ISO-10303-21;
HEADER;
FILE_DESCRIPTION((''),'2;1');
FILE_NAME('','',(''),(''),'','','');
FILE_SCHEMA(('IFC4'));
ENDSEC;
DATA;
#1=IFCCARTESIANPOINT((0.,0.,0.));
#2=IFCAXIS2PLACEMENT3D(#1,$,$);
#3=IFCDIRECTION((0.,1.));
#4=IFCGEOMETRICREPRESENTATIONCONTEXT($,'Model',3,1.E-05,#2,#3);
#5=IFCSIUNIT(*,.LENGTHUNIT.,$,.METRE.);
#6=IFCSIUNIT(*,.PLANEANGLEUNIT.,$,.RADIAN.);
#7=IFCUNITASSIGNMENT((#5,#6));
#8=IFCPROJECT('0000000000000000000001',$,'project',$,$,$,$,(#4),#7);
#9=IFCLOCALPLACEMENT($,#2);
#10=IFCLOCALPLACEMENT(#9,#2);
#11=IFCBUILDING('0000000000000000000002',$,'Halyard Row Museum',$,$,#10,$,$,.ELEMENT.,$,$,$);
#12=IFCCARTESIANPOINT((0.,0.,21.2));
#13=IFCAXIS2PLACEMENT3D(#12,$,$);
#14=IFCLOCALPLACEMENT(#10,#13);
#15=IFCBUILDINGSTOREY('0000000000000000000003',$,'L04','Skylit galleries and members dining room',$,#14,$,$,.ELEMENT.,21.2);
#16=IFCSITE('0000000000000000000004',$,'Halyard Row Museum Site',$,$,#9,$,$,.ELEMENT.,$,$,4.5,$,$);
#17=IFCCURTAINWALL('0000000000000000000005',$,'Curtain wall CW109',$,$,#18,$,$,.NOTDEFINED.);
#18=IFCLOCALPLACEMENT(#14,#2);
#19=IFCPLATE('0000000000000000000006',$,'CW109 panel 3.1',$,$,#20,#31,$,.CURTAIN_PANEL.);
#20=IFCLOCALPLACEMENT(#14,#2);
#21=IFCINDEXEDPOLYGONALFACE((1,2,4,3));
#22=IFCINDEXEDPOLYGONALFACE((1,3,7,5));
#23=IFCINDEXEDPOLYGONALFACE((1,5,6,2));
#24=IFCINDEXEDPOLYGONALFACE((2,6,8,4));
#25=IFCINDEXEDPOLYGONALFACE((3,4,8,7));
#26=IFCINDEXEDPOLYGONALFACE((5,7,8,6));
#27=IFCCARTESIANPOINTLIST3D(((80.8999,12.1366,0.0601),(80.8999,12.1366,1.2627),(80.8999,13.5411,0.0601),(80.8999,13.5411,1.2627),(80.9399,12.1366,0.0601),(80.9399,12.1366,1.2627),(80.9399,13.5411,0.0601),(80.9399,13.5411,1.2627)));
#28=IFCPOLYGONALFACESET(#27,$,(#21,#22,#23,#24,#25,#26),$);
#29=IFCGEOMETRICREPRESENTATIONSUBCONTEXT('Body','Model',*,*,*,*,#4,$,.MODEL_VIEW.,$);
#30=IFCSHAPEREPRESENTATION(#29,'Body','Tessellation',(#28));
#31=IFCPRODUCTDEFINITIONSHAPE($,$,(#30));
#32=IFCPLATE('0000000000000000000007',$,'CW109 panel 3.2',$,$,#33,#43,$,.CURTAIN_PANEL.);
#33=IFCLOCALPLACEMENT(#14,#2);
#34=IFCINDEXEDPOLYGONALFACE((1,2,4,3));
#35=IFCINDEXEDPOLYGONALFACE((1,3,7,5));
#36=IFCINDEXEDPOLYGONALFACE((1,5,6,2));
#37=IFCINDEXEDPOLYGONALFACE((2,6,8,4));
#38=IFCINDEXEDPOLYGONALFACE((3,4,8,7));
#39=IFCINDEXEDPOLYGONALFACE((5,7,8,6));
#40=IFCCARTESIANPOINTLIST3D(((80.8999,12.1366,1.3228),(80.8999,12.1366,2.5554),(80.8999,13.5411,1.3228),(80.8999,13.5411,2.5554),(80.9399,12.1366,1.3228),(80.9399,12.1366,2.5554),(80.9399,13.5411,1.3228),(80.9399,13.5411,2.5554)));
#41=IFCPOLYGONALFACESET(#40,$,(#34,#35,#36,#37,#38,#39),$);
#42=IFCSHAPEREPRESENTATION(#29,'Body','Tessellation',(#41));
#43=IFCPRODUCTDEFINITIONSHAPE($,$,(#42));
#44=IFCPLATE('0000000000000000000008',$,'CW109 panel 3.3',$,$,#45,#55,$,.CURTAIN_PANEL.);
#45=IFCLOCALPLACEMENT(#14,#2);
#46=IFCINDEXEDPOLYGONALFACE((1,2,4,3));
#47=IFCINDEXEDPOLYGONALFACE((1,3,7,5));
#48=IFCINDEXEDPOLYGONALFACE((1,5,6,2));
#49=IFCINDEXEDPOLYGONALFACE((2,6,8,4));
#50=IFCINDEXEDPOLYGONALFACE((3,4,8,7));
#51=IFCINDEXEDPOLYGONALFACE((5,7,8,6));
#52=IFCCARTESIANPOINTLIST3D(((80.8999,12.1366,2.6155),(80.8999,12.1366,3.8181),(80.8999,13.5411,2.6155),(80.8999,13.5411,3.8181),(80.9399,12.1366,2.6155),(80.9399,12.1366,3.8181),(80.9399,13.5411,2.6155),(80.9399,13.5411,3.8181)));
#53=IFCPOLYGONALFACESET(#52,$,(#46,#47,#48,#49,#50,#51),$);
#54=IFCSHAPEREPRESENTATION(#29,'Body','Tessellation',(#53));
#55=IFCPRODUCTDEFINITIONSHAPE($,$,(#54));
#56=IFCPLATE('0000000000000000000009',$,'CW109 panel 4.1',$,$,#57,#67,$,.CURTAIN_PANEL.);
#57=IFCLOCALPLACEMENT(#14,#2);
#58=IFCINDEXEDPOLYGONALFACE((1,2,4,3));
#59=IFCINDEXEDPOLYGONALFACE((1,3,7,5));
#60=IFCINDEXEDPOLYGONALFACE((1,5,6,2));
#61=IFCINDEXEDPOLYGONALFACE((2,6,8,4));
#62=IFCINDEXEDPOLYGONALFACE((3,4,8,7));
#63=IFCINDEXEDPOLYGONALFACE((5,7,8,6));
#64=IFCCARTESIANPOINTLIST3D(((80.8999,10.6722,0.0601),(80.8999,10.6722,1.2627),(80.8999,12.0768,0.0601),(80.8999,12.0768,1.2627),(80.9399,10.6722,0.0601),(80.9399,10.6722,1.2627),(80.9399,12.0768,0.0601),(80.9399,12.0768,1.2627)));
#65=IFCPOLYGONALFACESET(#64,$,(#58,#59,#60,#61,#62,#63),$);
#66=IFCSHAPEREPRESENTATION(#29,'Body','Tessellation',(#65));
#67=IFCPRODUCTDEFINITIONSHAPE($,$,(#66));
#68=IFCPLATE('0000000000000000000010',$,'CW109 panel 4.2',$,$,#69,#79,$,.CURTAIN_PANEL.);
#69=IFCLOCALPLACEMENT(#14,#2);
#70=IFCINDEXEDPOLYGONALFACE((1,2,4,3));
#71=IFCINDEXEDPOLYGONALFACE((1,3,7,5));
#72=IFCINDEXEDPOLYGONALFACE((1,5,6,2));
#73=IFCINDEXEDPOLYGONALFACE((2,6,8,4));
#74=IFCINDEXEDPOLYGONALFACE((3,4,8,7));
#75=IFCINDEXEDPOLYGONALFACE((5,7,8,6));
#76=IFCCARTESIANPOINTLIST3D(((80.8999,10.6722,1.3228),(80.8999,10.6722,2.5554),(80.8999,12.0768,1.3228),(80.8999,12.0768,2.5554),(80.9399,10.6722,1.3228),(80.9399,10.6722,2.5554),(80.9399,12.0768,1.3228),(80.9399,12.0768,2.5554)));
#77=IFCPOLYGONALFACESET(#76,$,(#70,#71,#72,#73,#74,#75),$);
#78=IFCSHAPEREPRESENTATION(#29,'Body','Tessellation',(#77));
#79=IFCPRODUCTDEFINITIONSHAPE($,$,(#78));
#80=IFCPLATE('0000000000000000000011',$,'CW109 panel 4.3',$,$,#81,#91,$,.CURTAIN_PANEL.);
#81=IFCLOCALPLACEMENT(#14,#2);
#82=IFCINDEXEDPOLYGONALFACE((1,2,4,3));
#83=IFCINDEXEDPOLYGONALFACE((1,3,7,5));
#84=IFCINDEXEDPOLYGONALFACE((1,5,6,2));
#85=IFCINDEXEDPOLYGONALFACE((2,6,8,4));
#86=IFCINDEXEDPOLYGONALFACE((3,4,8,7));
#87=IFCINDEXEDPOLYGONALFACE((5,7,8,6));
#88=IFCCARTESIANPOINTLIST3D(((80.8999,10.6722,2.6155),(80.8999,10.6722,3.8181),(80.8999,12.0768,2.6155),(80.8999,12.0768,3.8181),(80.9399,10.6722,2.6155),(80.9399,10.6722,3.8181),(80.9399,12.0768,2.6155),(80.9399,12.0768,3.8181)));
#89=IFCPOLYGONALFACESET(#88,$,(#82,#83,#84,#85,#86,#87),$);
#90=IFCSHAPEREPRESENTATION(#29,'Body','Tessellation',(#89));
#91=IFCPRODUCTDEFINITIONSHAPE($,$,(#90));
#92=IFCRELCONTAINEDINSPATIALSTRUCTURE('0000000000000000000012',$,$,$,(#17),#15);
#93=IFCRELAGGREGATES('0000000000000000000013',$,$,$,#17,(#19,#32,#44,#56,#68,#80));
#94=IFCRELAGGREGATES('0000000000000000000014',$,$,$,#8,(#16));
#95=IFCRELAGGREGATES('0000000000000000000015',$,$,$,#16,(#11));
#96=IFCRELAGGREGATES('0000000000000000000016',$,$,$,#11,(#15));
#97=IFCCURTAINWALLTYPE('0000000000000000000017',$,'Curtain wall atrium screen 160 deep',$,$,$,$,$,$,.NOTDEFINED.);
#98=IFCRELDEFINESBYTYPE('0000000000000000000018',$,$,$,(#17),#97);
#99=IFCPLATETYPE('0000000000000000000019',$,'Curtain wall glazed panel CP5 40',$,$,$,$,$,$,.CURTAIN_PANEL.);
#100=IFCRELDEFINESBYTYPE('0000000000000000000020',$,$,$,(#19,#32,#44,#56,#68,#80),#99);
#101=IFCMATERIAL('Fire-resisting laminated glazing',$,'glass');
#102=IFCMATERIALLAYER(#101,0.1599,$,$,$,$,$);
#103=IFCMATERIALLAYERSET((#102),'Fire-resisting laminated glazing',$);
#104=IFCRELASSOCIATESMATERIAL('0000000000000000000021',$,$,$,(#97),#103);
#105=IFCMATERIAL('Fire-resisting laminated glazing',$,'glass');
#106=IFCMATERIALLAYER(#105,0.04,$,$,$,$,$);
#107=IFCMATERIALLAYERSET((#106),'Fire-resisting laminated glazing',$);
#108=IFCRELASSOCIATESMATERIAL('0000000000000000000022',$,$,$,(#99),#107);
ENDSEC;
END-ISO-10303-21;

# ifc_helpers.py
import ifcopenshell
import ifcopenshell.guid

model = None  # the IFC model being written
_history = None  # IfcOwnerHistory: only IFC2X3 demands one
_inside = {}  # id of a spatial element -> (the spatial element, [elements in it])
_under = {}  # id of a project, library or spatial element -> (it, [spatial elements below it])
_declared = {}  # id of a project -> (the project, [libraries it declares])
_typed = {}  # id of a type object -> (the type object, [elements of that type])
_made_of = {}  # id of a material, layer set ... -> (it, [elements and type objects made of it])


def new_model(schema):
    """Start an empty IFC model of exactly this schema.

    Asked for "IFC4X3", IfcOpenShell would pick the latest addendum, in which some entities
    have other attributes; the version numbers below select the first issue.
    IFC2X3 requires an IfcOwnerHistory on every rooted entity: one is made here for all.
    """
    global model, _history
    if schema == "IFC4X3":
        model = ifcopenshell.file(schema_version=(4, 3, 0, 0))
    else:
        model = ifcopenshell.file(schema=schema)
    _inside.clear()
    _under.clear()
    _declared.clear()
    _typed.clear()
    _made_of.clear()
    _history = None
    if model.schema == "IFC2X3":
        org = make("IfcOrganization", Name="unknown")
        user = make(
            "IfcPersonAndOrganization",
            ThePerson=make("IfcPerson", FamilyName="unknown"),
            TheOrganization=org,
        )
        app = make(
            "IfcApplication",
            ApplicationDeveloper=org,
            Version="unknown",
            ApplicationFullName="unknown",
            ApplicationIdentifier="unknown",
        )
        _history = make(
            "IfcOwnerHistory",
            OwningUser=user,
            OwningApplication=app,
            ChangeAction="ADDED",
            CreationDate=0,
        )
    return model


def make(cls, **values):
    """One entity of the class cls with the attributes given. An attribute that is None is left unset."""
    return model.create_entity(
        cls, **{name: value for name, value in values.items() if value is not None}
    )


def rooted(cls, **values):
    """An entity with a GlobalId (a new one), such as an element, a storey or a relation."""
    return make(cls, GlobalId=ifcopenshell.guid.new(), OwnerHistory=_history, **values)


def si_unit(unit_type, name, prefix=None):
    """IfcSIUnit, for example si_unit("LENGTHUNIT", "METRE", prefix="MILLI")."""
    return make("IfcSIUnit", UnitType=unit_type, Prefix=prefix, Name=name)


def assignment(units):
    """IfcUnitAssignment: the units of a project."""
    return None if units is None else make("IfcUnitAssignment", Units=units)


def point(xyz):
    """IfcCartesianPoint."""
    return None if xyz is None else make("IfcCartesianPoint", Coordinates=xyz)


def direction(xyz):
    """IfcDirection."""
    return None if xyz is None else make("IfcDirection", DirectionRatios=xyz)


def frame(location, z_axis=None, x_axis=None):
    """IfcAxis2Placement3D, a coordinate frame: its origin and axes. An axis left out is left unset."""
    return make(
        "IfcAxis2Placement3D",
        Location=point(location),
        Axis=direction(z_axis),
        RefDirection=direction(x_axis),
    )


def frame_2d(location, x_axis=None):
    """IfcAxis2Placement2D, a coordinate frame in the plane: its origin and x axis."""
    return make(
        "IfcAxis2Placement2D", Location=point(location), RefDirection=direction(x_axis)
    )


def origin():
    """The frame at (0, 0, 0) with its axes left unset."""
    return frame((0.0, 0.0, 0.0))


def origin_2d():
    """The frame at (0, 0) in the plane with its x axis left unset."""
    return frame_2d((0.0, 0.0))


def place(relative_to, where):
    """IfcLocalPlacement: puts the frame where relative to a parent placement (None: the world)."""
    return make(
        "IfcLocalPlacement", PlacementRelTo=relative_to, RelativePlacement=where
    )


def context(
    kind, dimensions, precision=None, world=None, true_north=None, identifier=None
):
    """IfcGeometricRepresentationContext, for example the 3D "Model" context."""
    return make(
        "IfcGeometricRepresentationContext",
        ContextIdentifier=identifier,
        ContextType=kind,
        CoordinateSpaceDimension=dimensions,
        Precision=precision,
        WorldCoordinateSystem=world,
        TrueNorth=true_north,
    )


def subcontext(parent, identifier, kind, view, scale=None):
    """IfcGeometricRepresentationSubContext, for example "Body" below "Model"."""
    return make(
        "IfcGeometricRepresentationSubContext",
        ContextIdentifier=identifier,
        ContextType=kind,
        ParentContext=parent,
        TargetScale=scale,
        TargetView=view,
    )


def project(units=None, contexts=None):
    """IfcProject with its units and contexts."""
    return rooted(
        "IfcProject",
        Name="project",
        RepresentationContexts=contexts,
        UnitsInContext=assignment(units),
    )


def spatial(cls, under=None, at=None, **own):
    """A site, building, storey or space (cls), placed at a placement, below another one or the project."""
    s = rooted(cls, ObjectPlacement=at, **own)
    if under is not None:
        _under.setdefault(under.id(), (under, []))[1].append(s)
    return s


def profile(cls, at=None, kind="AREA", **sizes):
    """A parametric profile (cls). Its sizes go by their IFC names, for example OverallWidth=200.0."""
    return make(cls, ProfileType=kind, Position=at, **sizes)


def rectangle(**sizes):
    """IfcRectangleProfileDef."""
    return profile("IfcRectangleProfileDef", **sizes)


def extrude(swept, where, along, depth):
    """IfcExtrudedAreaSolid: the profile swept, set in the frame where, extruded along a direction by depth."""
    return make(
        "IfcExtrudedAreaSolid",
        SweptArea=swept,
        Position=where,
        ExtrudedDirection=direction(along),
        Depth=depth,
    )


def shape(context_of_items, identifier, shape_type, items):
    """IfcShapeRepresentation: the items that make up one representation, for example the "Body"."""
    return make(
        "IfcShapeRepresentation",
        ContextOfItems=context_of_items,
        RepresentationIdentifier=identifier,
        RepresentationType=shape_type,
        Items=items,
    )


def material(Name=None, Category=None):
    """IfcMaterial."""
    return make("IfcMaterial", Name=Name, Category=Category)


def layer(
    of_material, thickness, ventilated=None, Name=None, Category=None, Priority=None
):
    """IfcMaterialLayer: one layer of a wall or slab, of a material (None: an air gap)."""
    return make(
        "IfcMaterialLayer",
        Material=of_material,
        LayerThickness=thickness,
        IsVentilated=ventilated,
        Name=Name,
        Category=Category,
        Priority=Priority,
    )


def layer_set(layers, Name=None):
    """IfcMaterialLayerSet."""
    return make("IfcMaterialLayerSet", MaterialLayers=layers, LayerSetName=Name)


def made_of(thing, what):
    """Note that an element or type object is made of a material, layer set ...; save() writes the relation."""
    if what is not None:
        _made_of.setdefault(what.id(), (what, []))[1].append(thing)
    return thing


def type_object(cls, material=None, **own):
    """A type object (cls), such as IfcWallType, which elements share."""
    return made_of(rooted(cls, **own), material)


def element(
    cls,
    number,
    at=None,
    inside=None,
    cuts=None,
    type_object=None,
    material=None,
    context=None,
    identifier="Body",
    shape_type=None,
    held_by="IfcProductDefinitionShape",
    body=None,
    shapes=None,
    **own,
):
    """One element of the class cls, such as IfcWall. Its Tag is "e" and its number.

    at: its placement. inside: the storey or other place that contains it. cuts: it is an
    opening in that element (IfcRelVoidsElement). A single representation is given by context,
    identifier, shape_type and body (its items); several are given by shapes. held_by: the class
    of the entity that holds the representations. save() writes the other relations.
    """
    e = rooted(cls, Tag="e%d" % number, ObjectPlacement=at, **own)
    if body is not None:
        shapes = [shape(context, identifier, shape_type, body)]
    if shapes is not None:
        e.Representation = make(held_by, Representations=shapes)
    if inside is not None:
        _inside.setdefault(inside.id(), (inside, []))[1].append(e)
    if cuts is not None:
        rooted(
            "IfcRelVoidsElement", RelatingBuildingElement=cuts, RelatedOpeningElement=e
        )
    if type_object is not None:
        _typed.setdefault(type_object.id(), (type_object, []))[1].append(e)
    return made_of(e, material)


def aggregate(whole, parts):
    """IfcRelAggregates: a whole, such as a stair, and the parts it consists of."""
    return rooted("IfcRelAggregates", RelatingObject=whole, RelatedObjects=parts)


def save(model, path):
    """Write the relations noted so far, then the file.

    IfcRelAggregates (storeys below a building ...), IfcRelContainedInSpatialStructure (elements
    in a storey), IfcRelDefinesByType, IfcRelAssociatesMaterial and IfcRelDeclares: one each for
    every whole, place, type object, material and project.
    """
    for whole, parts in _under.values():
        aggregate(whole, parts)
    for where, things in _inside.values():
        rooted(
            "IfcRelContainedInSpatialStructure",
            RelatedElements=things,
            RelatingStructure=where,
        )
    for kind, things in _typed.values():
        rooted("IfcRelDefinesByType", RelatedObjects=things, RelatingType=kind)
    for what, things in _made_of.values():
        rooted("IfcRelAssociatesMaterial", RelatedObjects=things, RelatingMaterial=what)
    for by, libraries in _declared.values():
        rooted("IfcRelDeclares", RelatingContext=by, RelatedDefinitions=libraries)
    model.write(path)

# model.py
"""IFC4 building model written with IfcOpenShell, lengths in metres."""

from ifc_helpers import new_model, si_unit, direction, frame, origin, origin_2d, place, context, subcontext, project, spatial, rectangle, extrude, material, layer, layer_set, type_object, element, aggregate, save


model = new_model("IFC4")

# Units and contexts
model_context = context("Model", 3, precision=1e-05, world=origin(), true_north=direction((0.0, 1.0)))
body_context = subcontext(model_context, "Body", "Model", "MODEL_VIEW")
ifc_project = project(units=[si_unit("LENGTHUNIT", "METRE"), si_unit("PLANEANGLEUNIT", "RADIAN")], contexts=[model_context])

# Site, building, storey
site_placement = place(None, origin())
site = spatial("IfcSite", under=ifc_project, at=site_placement, Name="Halyard Row Museum Site", CompositionType="ELEMENT", RefElevation=4.5)
building_placement = place(site_placement, origin())
building = spatial("IfcBuilding", under=site, at=building_placement, Name="Halyard Row Museum", CompositionType="ELEMENT")
storey_placement = place(building_placement, frame((0.0, 0.0, 21.2)))
storey = spatial("IfcBuildingStorey", under=building, at=storey_placement, Name="L04", Description="Skylit galleries and members dining room", CompositionType="ELEMENT", Elevation=21.2)

# Curtain wall, plates
ifc_material_1 = material(Name="Fire-resisting laminated glazing", Category="glass")
ifc_layer_1 = layer(ifc_material_1, 0.1599)
ifc_layer_set_1 = layer_set([ifc_layer_1], Name="Fire-resisting laminated glazing")
curtain_wall_type = type_object("IfcCurtainWallType", Name="Curtain wall atrium screen 160 deep", PredefinedType="NOTDEFINED", material=ifc_layer_set_1)
curtain_wall_placement = place(storey_placement, origin())
curtain_wall = element("IfcCurtainWall", 1, at=curtain_wall_placement, inside=storey, type_object=curtain_wall_type, Name="Curtain wall CW109", PredefinedType="NOTDEFINED")
ifc_material_2 = material(Name="Fire-resisting laminated glazing", Category="glass")
ifc_layer_2 = layer(ifc_material_2, 0.04)
ifc_layer_set_2 = layer_set([ifc_layer_2], Name="Fire-resisting laminated glazing")
plate_type = type_object("IfcPlateType", Name="Curtain wall glazed panel CP5 40", PredefinedType="CURTAIN_PANEL", material=ifc_layer_set_2)
plate_1_placement = place(storey_placement, frame((80.9199, 12.8389, 0.0601), z_axis=(0.0, 0.0, 1.0), x_axis=(0.0, -1.0, 0.0)))
plate_1 = element("IfcPlate", 2, at=plate_1_placement, type_object=plate_type, Name="CW109 panel 3.1", PredefinedType="CURTAIN_PANEL", context=body_context, shape_type="SweptSolid", body=[
    extrude(rectangle(XDim=1.4045, YDim=0.04, at=origin_2d()), origin(), (0.0, 0.0, 1.0), 1.2026),
])
plate_2_placement = place(storey_placement, frame((80.9199, 12.8389, 1.3228), z_axis=(0.0, 0.0, 1.0), x_axis=(0.0, -1.0, 0.0)))
plate_2 = element("IfcPlate", 3, at=plate_2_placement, type_object=plate_type, Name="CW109 panel 3.2", PredefinedType="CURTAIN_PANEL", context=body_context, shape_type="SweptSolid", body=[
    extrude(rectangle(XDim=1.4045, YDim=0.04, at=origin_2d()), origin(), (0.0, 0.0, 1.0), 1.2327),
])
plate_3_placement = place(storey_placement, frame((80.9199, 12.8389, 2.6155), z_axis=(0.0, 0.0, 1.0), x_axis=(0.0, -1.0, 0.0)))
plate_3 = element("IfcPlate", 4, at=plate_3_placement, type_object=plate_type, Name="CW109 panel 3.3", PredefinedType="CURTAIN_PANEL", context=body_context, shape_type="SweptSolid", body=[
    extrude(rectangle(XDim=1.4045, YDim=0.04, at=origin_2d()), origin(), (0.0, 0.0, 1.0), 1.2026),
])
plate_4_placement = place(storey_placement, frame((80.9199, 11.3745, 0.0601), z_axis=(0.0, 0.0, 1.0), x_axis=(0.0, -1.0, 0.0)))
plate_4 = element("IfcPlate", 5, at=plate_4_placement, type_object=plate_type, Name="CW109 panel 4.1", PredefinedType="CURTAIN_PANEL", context=body_context, shape_type="SweptSolid", body=[
    extrude(rectangle(XDim=1.4045, YDim=0.04, at=origin_2d()), origin(), (0.0, 0.0, 1.0), 1.2026),
])
plate_5_placement = place(storey_placement, frame((80.9199, 11.3745, 1.3228), z_axis=(0.0, 0.0, 1.0), x_axis=(0.0, -1.0, 0.0)))
plate_5 = element("IfcPlate", 6, at=plate_5_placement, type_object=plate_type, Name="CW109 panel 4.2", PredefinedType="CURTAIN_PANEL", context=body_context, shape_type="SweptSolid", body=[
    extrude(rectangle(XDim=1.4045, YDim=0.04, at=origin_2d()), origin(), (0.0, 0.0, 1.0), 1.2327),
])
plate_6_placement = place(storey_placement, frame((80.9199, 11.3745, 2.6155), z_axis=(0.0, 0.0, 1.0), x_axis=(0.0, -1.0, 0.0)))
plate_6 = element("IfcPlate", 7, at=plate_6_placement, type_object=plate_type, Name="CW109 panel 4.3", PredefinedType="CURTAIN_PANEL", context=body_context, shape_type="SweptSolid", body=[
    extrude(rectangle(XDim=1.4045, YDim=0.04, at=origin_2d()), origin(), (0.0, 0.0, 1.0), 1.2026),
])
aggregate(curtain_wall, [plate_1, plate_2, plate_3, plate_4, plate_5, plate_6])

save(model, "model.ifc")
